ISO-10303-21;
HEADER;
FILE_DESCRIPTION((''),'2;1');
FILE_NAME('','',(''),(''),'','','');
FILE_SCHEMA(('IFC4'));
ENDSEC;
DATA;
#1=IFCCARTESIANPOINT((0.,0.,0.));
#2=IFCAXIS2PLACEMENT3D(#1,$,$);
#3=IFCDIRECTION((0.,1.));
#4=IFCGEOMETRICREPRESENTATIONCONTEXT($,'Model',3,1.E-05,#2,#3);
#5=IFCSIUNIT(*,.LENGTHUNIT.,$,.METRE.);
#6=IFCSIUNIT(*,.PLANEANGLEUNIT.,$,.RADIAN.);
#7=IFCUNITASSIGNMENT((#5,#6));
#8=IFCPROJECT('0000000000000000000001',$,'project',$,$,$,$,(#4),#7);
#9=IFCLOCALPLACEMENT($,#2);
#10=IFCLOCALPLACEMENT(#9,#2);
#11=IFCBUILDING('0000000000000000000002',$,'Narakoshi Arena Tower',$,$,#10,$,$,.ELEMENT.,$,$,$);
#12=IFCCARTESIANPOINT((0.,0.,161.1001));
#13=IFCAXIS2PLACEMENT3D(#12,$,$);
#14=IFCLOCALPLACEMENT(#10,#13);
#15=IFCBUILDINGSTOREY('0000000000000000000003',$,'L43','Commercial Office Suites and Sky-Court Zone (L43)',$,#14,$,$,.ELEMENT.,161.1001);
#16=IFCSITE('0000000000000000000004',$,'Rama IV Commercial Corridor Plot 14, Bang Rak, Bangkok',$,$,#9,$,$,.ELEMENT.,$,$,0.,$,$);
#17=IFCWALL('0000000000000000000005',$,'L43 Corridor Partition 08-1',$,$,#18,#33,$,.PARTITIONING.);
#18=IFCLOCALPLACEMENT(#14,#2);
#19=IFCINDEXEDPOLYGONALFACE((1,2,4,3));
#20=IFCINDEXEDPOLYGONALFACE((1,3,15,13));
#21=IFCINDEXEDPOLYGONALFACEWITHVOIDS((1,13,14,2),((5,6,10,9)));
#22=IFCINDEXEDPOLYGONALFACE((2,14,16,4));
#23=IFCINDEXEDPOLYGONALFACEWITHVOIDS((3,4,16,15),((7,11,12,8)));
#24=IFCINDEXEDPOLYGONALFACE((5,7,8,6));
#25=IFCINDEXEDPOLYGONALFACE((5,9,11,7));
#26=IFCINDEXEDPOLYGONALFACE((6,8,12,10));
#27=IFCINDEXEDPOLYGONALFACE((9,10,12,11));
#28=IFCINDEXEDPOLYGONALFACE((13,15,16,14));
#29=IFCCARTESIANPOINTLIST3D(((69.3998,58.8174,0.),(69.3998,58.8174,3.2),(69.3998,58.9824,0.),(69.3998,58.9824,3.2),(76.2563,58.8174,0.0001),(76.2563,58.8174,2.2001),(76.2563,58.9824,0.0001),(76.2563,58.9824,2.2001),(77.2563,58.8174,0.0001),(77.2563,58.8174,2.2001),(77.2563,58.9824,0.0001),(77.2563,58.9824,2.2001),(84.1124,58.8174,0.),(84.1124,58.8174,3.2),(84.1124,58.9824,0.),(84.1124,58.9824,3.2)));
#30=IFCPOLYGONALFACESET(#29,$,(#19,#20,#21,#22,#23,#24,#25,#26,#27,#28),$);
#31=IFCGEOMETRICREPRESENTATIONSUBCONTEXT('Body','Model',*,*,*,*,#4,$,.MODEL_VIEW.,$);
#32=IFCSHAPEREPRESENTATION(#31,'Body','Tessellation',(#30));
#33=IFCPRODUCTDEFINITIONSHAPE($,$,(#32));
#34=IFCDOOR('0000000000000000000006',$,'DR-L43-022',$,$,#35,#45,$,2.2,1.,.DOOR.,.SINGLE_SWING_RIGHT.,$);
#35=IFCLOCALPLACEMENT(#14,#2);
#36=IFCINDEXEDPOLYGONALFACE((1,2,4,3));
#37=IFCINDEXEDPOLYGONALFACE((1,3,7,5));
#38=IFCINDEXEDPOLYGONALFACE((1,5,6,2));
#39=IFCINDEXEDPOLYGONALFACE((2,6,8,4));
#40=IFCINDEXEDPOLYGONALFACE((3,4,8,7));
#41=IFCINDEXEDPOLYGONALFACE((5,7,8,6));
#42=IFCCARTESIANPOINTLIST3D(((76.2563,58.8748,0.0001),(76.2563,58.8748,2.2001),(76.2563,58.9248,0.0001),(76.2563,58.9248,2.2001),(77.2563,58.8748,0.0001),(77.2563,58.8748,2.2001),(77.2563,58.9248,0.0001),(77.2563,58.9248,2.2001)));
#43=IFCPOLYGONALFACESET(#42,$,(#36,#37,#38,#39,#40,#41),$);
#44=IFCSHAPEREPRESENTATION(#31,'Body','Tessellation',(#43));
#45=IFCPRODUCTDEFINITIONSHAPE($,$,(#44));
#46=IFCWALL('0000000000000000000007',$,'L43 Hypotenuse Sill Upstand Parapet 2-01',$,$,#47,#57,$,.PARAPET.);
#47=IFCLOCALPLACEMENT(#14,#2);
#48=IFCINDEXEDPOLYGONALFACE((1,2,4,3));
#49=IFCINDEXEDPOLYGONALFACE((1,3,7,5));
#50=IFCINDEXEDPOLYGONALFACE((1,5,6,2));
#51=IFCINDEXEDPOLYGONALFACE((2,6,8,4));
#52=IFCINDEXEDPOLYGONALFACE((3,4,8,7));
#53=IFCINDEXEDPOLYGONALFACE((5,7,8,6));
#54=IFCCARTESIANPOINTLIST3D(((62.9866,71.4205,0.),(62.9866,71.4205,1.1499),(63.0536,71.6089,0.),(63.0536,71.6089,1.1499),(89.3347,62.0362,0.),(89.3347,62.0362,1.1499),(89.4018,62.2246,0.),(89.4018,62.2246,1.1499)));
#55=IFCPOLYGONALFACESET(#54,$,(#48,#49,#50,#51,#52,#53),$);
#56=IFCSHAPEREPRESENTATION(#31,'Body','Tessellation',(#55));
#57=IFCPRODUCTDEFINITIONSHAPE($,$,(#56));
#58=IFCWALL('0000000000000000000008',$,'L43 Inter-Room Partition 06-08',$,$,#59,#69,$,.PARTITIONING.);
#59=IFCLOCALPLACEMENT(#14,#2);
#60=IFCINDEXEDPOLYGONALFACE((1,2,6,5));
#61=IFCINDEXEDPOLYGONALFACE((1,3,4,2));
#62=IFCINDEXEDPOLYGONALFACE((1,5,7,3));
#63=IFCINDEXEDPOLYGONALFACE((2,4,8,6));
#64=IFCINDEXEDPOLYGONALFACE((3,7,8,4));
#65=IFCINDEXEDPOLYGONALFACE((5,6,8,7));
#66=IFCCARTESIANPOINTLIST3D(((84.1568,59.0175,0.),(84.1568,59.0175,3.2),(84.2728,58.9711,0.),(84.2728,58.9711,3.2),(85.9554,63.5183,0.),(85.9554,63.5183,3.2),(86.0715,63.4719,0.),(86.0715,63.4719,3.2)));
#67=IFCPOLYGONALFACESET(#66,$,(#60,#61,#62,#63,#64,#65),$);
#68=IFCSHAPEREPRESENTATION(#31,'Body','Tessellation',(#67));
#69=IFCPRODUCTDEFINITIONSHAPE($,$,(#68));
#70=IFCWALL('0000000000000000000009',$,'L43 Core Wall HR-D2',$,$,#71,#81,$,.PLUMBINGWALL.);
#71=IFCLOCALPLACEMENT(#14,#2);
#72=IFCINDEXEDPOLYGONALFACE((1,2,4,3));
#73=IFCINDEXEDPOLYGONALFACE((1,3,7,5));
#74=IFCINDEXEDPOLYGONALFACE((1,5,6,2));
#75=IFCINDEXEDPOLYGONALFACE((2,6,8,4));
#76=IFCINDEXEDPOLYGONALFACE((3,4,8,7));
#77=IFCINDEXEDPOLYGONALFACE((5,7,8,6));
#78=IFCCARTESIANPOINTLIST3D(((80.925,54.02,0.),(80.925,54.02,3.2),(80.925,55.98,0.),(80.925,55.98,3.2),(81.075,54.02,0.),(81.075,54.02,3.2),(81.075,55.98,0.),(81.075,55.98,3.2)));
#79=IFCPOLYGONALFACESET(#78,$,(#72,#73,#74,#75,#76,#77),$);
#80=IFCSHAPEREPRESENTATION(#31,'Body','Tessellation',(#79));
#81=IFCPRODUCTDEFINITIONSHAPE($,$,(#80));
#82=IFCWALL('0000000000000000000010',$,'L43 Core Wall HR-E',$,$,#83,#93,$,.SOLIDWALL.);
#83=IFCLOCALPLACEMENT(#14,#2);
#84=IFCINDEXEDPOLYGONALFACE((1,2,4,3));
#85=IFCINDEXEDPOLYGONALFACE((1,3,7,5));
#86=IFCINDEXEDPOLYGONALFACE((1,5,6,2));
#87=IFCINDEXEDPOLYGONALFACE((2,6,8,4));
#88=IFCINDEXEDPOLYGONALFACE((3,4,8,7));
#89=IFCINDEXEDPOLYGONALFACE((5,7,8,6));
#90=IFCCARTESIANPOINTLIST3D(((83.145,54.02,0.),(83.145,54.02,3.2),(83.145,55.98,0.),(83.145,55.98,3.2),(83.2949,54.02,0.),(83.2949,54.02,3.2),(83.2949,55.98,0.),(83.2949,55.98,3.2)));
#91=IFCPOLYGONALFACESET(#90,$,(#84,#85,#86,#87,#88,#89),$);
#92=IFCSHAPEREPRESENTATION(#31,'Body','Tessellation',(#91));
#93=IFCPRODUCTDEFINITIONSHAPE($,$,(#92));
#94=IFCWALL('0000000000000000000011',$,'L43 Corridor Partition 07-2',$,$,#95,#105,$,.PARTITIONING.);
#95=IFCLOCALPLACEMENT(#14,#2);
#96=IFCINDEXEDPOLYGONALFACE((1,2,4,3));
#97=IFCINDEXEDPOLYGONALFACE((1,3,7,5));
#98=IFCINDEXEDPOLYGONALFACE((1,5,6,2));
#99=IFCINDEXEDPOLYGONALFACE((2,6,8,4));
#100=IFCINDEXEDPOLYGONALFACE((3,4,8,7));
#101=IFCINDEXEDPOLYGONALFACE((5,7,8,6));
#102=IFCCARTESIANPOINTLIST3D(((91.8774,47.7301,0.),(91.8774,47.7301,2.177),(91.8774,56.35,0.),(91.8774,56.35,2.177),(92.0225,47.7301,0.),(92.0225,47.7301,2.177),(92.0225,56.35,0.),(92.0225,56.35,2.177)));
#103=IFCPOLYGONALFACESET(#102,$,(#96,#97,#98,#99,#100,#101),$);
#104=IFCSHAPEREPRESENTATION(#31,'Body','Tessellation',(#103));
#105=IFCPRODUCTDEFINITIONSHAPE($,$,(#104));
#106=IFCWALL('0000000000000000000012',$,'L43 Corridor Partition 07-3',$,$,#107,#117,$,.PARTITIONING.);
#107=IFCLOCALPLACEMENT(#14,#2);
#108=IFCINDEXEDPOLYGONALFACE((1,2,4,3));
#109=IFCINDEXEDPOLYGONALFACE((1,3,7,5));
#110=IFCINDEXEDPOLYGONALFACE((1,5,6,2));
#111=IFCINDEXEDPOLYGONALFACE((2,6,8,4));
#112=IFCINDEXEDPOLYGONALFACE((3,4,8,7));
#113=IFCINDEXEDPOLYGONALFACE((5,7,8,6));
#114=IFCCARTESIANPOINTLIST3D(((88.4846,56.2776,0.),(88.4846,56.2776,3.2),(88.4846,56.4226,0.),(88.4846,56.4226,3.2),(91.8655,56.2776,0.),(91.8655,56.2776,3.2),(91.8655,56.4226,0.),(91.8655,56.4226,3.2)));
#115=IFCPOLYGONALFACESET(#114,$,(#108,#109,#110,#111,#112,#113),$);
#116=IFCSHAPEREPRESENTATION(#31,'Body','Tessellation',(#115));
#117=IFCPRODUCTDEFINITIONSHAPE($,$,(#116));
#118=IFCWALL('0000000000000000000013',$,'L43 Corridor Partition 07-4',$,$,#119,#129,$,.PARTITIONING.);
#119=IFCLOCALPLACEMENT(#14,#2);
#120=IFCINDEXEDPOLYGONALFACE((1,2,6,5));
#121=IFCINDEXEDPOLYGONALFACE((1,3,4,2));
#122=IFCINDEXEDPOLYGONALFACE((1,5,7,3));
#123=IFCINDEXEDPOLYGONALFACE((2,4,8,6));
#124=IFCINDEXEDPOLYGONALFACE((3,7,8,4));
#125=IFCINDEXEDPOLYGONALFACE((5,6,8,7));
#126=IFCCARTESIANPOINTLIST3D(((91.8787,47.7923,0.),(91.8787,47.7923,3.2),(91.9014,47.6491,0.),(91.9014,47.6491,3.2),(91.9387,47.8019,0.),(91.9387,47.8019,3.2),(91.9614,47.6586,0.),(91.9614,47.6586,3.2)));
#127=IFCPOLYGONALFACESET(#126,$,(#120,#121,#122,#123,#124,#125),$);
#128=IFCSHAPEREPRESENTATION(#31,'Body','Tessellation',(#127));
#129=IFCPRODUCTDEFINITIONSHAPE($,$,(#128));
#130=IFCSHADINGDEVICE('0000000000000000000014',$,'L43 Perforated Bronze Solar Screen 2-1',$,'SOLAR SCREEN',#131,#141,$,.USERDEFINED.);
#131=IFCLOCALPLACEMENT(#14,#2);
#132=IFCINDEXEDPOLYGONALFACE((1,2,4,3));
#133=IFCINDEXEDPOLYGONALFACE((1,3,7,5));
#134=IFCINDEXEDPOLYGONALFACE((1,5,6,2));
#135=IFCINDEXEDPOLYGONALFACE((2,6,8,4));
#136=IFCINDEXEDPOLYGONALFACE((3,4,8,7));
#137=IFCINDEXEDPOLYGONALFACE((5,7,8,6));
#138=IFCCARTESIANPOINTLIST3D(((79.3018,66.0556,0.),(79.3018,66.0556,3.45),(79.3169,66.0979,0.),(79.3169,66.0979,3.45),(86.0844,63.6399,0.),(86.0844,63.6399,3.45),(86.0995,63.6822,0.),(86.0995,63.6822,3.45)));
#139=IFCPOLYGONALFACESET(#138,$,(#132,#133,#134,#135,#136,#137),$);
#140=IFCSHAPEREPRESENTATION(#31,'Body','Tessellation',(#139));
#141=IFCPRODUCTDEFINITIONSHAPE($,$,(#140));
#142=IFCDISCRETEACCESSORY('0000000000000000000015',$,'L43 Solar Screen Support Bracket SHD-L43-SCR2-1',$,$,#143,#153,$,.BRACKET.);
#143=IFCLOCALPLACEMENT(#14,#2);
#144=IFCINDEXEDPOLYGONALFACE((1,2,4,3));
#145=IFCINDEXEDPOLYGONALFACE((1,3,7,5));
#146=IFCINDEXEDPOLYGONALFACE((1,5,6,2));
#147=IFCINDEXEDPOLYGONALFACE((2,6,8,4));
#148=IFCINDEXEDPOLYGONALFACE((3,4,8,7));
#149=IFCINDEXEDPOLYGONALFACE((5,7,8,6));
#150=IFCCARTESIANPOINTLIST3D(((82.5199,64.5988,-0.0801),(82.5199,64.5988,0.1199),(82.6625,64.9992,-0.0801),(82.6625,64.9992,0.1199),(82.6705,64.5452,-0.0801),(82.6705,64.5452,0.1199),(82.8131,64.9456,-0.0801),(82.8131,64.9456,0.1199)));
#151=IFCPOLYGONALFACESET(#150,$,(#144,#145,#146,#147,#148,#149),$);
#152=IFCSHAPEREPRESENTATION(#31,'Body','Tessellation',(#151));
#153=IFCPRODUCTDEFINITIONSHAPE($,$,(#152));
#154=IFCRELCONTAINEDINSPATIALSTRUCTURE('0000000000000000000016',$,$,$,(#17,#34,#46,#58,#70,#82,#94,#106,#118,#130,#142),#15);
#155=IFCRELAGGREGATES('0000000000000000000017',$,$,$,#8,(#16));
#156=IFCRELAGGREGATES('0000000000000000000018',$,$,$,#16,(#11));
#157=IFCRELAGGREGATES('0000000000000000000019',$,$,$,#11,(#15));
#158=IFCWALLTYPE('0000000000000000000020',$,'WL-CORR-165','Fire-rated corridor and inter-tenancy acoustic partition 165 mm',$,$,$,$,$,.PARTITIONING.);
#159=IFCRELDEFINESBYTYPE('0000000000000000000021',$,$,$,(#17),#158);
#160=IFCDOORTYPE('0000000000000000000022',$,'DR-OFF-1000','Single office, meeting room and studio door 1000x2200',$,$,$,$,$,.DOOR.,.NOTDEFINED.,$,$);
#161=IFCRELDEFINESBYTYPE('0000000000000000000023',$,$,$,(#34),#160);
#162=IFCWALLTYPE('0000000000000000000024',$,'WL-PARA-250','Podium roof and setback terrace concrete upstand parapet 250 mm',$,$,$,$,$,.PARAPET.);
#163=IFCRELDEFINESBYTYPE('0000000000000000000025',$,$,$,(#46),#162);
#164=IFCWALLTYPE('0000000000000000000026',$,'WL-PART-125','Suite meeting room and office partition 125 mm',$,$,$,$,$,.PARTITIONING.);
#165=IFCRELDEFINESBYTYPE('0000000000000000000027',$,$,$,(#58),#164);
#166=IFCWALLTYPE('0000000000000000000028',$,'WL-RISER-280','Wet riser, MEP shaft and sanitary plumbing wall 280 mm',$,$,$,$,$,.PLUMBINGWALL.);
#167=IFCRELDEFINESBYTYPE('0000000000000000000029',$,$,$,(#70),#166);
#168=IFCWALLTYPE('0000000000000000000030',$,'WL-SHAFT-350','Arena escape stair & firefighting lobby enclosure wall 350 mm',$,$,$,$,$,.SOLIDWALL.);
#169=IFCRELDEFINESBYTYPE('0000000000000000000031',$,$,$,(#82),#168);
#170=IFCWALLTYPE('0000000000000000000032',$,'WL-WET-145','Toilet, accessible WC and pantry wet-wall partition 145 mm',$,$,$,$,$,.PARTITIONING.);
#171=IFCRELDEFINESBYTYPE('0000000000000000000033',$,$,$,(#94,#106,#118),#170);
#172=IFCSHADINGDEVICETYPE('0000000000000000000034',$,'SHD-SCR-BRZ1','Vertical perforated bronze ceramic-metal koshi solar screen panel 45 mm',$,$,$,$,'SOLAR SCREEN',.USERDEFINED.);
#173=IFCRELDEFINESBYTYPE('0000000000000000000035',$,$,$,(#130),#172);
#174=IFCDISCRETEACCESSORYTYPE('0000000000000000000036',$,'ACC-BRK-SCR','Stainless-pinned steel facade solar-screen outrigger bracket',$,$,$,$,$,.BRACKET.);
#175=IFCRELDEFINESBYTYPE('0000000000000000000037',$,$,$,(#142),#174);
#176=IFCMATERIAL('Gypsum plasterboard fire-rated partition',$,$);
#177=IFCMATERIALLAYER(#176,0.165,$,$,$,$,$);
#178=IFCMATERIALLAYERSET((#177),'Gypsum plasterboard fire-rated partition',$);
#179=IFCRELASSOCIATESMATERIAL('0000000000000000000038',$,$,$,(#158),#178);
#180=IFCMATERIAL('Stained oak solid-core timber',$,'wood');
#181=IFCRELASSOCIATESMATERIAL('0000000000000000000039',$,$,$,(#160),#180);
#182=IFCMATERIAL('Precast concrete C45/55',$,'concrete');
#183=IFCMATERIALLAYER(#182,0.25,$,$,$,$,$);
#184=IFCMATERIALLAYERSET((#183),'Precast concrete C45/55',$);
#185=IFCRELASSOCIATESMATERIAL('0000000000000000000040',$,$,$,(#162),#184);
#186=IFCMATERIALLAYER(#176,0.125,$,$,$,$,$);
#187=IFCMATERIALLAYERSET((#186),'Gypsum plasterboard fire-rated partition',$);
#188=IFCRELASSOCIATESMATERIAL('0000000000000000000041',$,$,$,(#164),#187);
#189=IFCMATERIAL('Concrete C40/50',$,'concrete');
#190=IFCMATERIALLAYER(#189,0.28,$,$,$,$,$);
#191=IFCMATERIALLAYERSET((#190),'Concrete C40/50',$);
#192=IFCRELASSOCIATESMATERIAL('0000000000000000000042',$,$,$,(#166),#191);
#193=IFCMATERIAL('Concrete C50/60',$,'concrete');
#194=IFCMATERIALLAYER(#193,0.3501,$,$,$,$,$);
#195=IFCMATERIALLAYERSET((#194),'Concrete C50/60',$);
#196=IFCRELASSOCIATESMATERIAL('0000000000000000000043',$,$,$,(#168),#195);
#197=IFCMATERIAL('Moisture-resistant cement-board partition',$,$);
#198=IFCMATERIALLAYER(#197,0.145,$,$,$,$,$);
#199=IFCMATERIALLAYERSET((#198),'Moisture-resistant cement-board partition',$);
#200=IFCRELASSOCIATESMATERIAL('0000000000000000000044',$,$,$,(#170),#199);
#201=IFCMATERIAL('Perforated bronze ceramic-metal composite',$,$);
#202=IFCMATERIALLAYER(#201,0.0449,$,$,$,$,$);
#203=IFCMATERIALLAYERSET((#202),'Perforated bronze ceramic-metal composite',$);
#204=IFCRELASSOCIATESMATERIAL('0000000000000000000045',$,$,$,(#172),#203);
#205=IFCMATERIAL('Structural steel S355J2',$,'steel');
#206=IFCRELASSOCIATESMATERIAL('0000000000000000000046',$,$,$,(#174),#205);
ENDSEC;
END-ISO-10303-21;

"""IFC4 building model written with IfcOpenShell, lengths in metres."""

from ifc_helpers import new_model, si_unit, direction, frame, frame_2d, origin, origin_2d, place, context, subcontext, project, spatial, rectangle, extrude, material, layer, layer_set, type_object, element, fill, save


model = new_model("IFC4")

# Units and contexts
model_context = context("Model", 3, precision=1e-05, world=origin(), true_north=direction((0.0, 1.0)))
body_context = subcontext(model_context, "Body", "Model", "MODEL_VIEW")
ifc_project = project(units=[si_unit("LENGTHUNIT", "METRE"), si_unit("PLANEANGLEUNIT", "RADIAN")], contexts=[model_context])

# Site, building, storey
site_placement = place(None, origin())
site = spatial("IfcSite", under=ifc_project, at=site_placement, Name="Rama IV Commercial Corridor Plot 14, Bang Rak, Bangkok", CompositionType="ELEMENT", RefElevation=0.0)
building_placement = place(site_placement, origin())
building = spatial("IfcBuilding", under=site, at=building_placement, Name="Narakoshi Arena Tower", CompositionType="ELEMENT")
storey_placement = place(building_placement, frame((0.0, 0.0, 161.1001)))
storey = spatial("IfcBuildingStorey", under=building, at=storey_placement, Name="L43", Description="Commercial Office Suites and Sky-Court Zone (L43)", CompositionType="ELEMENT", Elevation=161.1001)

# Shared definitions
ifc_material_1 = material(Name="Gypsum plasterboard fire-rated partition")
ifc_layer_1 = layer(ifc_material_1, 0.165)
ifc_layer_set_1 = layer_set([ifc_layer_1], Name="Gypsum plasterboard fire-rated partition")
wall_type_1 = type_object("IfcWallType", Name="WL-CORR-165", Description="Fire-rated corridor and inter-tenancy acoustic partition 165 mm", PredefinedType="PARTITIONING", material=ifc_layer_set_1)

# Wall, opening, door
wall_1_placement = place(storey_placement, frame((84.1125, 58.8999, 0.0), z_axis=(0.0, 0.0, 1.0), x_axis=(-1.0, 0.0, 0.0)))
wall_1 = element("IfcWall", 1, at=wall_1_placement, inside=storey, type_object=wall_type_1, Name="L43 Corridor Partition 08-1", PredefinedType="PARTITIONING", context=body_context, shape_type="SweptSolid", body=[
    extrude(rectangle(XDim=14.7126, YDim=0.165, at=frame_2d((7.3564, 0.0))), origin(), (0.0, 0.0, 1.0), 3.2),
])
opening_placement = place(wall_1_placement, frame((6.8562, 0.0, 0.0)))
opening = element("IfcOpeningElement", 2, at=opening_placement, cuts=wall_1, PredefinedType="OPENING", context=body_context, shape_type="SweptSolid", body=[
    extrude(rectangle(XDim=1.0, YDim=2.2, at=frame_2d((0.5, 1.1001))), frame((0.0, 0.0925, 0.0), z_axis=(0.0, -1.0, 0.0), x_axis=(1.0, 0.0, 0.0)), (0.0, 0.0, 1.0), 0.1851),
])
ifc_material_2 = material(Name="Stained oak solid-core timber", Category="wood")
door_type = type_object("IfcDoorType", Name="DR-OFF-1000", Description="Single office, meeting room and studio door 1000x2200", OperationType="NOTDEFINED", PredefinedType="DOOR", material=ifc_material_2)
door_placement = place(opening_placement, frame((1.0, 0.0, 0.0), z_axis=(0.0, 0.0, 1.0), x_axis=(-1.0, 0.0, 0.0)))
door = element("IfcDoor", 3, at=door_placement, inside=storey, type_object=door_type, Name="DR-L43-022", OperationType="SINGLE_SWING_RIGHT", OverallHeight=2.2, OverallWidth=1.0, PredefinedType="DOOR", context=body_context, shape_type="SweptSolid", body=[
    extrude(rectangle(XDim=1.0, YDim=2.2, at=frame_2d((0.5, 1.1001))), frame((0.0, 0.0249, 0.0), z_axis=(0.0, -1.0, 0.0), x_axis=(1.0, 0.0, 0.0)), (0.0, 0.0, 1.0), 0.05),
])
fill(opening, door)

# Walls
ifc_material_3 = material(Name="Precast concrete C45/55", Category="concrete")
ifc_layer_2 = layer(ifc_material_3, 0.25)
ifc_layer_set_2 = layer_set([ifc_layer_2], Name="Precast concrete C45/55")
wall_type_2 = type_object("IfcWallType", Name="WL-PARA-250", Description="Podium roof and setback terrace concrete upstand parapet 250 mm", PredefinedType="PARAPET", material=ifc_layer_set_2)
wall_2_placement = place(storey_placement, frame((89.3684, 62.1304, 0.0), z_axis=(0.0, 0.0, 1.0), x_axis=(-0.942033, 0.335519, 0.0)))
element("IfcWall", 4, at=wall_2_placement, inside=storey, type_object=wall_type_2, Name="L43 Hypotenuse Sill Upstand Parapet 2-01", PredefinedType="PARAPET", context=body_context, shape_type="SweptSolid", body=[
    extrude(rectangle(XDim=27.9695, YDim=0.2, at=frame_2d((13.9849, 0.0))), origin(), (0.0, 0.0, 1.0), 1.1499),
])
ifc_layer_3 = layer(ifc_material_1, 0.125)
ifc_layer_set_3 = layer_set([ifc_layer_3], Name="Gypsum plasterboard fire-rated partition")
wall_type_3 = type_object("IfcWallType", Name="WL-PART-125", Description="Suite meeting room and office partition 125 mm", PredefinedType="PARTITIONING", material=ifc_layer_set_3)
wall_3_placement = place(storey_placement, frame((84.2148, 58.9944, 0.0), z_axis=(0.0, 0.0, 1.0), x_axis=(0.371087, 0.928598, 0.0)))
element("IfcWall", 5, at=wall_3_placement, inside=storey, type_object=wall_type_3, Name="L43 Inter-Room Partition 06-08", PredefinedType="PARTITIONING", context=body_context, shape_type="SweptSolid", body=[
    extrude(rectangle(XDim=4.8469, YDim=0.125, at=frame_2d((2.4233, 0.0))), origin(), (0.0, 0.0, 1.0), 3.2),
])
ifc_material_4 = material(Name="Concrete C40/50", Category="concrete")
ifc_layer_4 = layer(ifc_material_4, 0.28)
ifc_layer_set_4 = layer_set([ifc_layer_4], Name="Concrete C40/50")
wall_type_4 = type_object("IfcWallType", Name="WL-RISER-280", Description="Wet riser, MEP shaft and sanitary plumbing wall 280 mm", PredefinedType="PLUMBINGWALL", material=ifc_layer_set_4)
wall_4_placement = place(storey_placement, frame((81.0, 54.02, 0.0), z_axis=(0.0, 0.0, 1.0), x_axis=(0.0, 1.0, 0.0)))
element("IfcWall", 6, at=wall_4_placement, inside=storey, type_object=wall_type_4, Name="L43 Core Wall HR-D2", PredefinedType="PLUMBINGWALL", context=body_context, shape_type="SweptSolid", body=[
    extrude(rectangle(XDim=1.96, YDim=0.1499, at=frame_2d((0.98, 0.0))), origin(), (0.0, 0.0, 1.0), 3.2),
])
ifc_material_5 = material(Name="Concrete C50/60", Category="concrete")
ifc_layer_5 = layer(ifc_material_5, 0.3501)
ifc_layer_set_5 = layer_set([ifc_layer_5], Name="Concrete C50/60")
wall_type_5 = type_object("IfcWallType", Name="WL-SHAFT-350", Description="Arena escape stair & firefighting lobby enclosure wall 350 mm", PredefinedType="SOLIDWALL", material=ifc_layer_set_5)
wall_5_placement = place(storey_placement, frame((83.22, 54.02, 0.0), z_axis=(0.0, 0.0, 1.0), x_axis=(0.0, 1.0, 0.0)))
element("IfcWall", 7, at=wall_5_placement, inside=storey, type_object=wall_type_5, Name="L43 Core Wall HR-E", PredefinedType="SOLIDWALL", context=body_context, shape_type="SweptSolid", body=[
    extrude(rectangle(XDim=1.96, YDim=0.1499, at=frame_2d((0.98, 0.0))), origin(), (0.0, 0.0, 1.0), 3.2),
])
ifc_material_6 = material(Name="Moisture-resistant cement-board partition")
ifc_layer_6 = layer(ifc_material_6, 0.145)
ifc_layer_set_6 = layer_set([ifc_layer_6], Name="Moisture-resistant cement-board partition")
wall_type_6 = type_object("IfcWallType", Name="WL-WET-145", Description="Toilet, accessible WC and pantry wet-wall partition 145 mm", PredefinedType="PARTITIONING", material=ifc_layer_set_6)
wall_6_placement = place(storey_placement, frame((91.95, 56.3501, 0.0), z_axis=(0.0, 0.0, 1.0), x_axis=(0.0, -1.0, 0.0)))
element("IfcWall", 8, at=wall_6_placement, inside=storey, type_object=wall_type_6, Name="L43 Corridor Partition 07-2", PredefinedType="PARTITIONING", context=body_context, shape_type="SweptSolid", body=[
    extrude(rectangle(XDim=8.6199, YDim=0.145, at=frame_2d((4.3101, 0.0))), origin(), (0.0, 0.0, 1.0), 2.177),
])
wall_7_placement = place(storey_placement, frame((88.4846, 56.3501, 0.0), z_axis=(0.0, 0.0, 1.0), x_axis=(1.0, 0.0, 0.0)))
element("IfcWall", 9, at=wall_7_placement, inside=storey, type_object=wall_type_6, Name="L43 Corridor Partition 07-3", PredefinedType="PARTITIONING", context=body_context, shape_type="SweptSolid", body=[
    extrude(rectangle(XDim=3.3809, YDim=0.145, at=frame_2d((1.6904, 0.0))), origin(), (0.0, 0.0, 1.0), 3.2),
])
wall_8_placement = place(storey_placement, frame((91.95, 47.7302, 0.0), z_axis=(0.0, 0.0, 1.0), x_axis=(-0.987665, -0.156581, 0.0)))
element("IfcWall", 10, at=wall_8_placement, inside=storey, type_object=wall_type_6, Name="L43 Corridor Partition 07-4", PredefinedType="PARTITIONING", context=body_context, shape_type="SweptSolid", body=[
    extrude(rectangle(XDim=0.0608, YDim=0.145, at=frame_2d((0.0303, 0.0))), origin(), (0.0, 0.0, 1.0), 3.2),
])

# Shading device
ifc_material_7 = material(Name="Perforated bronze ceramic-metal composite")
ifc_layer_7 = layer(ifc_material_7, 0.0449)
ifc_layer_set_7 = layer_set([ifc_layer_7], Name="Perforated bronze ceramic-metal composite")
shading_device_type = type_object("IfcShadingDeviceType", Name="SHD-SCR-BRZ1", Description="Vertical perforated bronze ceramic-metal koshi solar screen panel 45 mm", ElementType="SOLAR SCREEN", PredefinedType="USERDEFINED", material=ifc_layer_set_7)
shading_device_placement = place(storey_placement, frame((82.7007, 64.8689, 0.0), z_axis=(0.0, 0.0, 1.0), x_axis=(-0.942034, 0.335517, 0.0)))
element("IfcShadingDevice", 11, at=shading_device_placement, inside=storey, type_object=shading_device_type, Name="L43 Perforated Bronze Solar Screen 2-1", ObjectType="SOLAR SCREEN", PredefinedType="USERDEFINED", context=body_context, shape_type="SweptSolid", body=[
    extrude(rectangle(XDim=7.2, YDim=0.0449, at=origin_2d()), origin(), (0.0, 0.0, 1.0), 3.45),
])

# Discrete accessory
ifc_material_8 = material(Name="Structural steel S355J2", Category="steel")
discrete_accessory_type = type_object("IfcDiscreteAccessoryType", Name="ACC-BRK-SCR", Description="Stainless-pinned steel facade solar-screen outrigger bracket", PredefinedType="BRACKET", material=ifc_material_8)
discrete_accessory_placement = place(storey_placement, frame((82.6665, 64.7722, -0.0801), z_axis=(0.0, 0.0, 1.0), x_axis=(-0.942034, 0.335517, 0.0)))
element("IfcDiscreteAccessory", 12, at=discrete_accessory_placement, inside=storey, type_object=discrete_accessory_type, Name="L43 Solar Screen Support Bracket SHD-L43-SCR2-1", PredefinedType="BRACKET", context=body_context, shape_type="SweptSolid", body=[
    extrude(rectangle(XDim=0.1599, YDim=0.425, at=origin_2d()), origin(), (0.0, 0.0, 1.0), 0.2),
])

save(model, "model.ifc")
